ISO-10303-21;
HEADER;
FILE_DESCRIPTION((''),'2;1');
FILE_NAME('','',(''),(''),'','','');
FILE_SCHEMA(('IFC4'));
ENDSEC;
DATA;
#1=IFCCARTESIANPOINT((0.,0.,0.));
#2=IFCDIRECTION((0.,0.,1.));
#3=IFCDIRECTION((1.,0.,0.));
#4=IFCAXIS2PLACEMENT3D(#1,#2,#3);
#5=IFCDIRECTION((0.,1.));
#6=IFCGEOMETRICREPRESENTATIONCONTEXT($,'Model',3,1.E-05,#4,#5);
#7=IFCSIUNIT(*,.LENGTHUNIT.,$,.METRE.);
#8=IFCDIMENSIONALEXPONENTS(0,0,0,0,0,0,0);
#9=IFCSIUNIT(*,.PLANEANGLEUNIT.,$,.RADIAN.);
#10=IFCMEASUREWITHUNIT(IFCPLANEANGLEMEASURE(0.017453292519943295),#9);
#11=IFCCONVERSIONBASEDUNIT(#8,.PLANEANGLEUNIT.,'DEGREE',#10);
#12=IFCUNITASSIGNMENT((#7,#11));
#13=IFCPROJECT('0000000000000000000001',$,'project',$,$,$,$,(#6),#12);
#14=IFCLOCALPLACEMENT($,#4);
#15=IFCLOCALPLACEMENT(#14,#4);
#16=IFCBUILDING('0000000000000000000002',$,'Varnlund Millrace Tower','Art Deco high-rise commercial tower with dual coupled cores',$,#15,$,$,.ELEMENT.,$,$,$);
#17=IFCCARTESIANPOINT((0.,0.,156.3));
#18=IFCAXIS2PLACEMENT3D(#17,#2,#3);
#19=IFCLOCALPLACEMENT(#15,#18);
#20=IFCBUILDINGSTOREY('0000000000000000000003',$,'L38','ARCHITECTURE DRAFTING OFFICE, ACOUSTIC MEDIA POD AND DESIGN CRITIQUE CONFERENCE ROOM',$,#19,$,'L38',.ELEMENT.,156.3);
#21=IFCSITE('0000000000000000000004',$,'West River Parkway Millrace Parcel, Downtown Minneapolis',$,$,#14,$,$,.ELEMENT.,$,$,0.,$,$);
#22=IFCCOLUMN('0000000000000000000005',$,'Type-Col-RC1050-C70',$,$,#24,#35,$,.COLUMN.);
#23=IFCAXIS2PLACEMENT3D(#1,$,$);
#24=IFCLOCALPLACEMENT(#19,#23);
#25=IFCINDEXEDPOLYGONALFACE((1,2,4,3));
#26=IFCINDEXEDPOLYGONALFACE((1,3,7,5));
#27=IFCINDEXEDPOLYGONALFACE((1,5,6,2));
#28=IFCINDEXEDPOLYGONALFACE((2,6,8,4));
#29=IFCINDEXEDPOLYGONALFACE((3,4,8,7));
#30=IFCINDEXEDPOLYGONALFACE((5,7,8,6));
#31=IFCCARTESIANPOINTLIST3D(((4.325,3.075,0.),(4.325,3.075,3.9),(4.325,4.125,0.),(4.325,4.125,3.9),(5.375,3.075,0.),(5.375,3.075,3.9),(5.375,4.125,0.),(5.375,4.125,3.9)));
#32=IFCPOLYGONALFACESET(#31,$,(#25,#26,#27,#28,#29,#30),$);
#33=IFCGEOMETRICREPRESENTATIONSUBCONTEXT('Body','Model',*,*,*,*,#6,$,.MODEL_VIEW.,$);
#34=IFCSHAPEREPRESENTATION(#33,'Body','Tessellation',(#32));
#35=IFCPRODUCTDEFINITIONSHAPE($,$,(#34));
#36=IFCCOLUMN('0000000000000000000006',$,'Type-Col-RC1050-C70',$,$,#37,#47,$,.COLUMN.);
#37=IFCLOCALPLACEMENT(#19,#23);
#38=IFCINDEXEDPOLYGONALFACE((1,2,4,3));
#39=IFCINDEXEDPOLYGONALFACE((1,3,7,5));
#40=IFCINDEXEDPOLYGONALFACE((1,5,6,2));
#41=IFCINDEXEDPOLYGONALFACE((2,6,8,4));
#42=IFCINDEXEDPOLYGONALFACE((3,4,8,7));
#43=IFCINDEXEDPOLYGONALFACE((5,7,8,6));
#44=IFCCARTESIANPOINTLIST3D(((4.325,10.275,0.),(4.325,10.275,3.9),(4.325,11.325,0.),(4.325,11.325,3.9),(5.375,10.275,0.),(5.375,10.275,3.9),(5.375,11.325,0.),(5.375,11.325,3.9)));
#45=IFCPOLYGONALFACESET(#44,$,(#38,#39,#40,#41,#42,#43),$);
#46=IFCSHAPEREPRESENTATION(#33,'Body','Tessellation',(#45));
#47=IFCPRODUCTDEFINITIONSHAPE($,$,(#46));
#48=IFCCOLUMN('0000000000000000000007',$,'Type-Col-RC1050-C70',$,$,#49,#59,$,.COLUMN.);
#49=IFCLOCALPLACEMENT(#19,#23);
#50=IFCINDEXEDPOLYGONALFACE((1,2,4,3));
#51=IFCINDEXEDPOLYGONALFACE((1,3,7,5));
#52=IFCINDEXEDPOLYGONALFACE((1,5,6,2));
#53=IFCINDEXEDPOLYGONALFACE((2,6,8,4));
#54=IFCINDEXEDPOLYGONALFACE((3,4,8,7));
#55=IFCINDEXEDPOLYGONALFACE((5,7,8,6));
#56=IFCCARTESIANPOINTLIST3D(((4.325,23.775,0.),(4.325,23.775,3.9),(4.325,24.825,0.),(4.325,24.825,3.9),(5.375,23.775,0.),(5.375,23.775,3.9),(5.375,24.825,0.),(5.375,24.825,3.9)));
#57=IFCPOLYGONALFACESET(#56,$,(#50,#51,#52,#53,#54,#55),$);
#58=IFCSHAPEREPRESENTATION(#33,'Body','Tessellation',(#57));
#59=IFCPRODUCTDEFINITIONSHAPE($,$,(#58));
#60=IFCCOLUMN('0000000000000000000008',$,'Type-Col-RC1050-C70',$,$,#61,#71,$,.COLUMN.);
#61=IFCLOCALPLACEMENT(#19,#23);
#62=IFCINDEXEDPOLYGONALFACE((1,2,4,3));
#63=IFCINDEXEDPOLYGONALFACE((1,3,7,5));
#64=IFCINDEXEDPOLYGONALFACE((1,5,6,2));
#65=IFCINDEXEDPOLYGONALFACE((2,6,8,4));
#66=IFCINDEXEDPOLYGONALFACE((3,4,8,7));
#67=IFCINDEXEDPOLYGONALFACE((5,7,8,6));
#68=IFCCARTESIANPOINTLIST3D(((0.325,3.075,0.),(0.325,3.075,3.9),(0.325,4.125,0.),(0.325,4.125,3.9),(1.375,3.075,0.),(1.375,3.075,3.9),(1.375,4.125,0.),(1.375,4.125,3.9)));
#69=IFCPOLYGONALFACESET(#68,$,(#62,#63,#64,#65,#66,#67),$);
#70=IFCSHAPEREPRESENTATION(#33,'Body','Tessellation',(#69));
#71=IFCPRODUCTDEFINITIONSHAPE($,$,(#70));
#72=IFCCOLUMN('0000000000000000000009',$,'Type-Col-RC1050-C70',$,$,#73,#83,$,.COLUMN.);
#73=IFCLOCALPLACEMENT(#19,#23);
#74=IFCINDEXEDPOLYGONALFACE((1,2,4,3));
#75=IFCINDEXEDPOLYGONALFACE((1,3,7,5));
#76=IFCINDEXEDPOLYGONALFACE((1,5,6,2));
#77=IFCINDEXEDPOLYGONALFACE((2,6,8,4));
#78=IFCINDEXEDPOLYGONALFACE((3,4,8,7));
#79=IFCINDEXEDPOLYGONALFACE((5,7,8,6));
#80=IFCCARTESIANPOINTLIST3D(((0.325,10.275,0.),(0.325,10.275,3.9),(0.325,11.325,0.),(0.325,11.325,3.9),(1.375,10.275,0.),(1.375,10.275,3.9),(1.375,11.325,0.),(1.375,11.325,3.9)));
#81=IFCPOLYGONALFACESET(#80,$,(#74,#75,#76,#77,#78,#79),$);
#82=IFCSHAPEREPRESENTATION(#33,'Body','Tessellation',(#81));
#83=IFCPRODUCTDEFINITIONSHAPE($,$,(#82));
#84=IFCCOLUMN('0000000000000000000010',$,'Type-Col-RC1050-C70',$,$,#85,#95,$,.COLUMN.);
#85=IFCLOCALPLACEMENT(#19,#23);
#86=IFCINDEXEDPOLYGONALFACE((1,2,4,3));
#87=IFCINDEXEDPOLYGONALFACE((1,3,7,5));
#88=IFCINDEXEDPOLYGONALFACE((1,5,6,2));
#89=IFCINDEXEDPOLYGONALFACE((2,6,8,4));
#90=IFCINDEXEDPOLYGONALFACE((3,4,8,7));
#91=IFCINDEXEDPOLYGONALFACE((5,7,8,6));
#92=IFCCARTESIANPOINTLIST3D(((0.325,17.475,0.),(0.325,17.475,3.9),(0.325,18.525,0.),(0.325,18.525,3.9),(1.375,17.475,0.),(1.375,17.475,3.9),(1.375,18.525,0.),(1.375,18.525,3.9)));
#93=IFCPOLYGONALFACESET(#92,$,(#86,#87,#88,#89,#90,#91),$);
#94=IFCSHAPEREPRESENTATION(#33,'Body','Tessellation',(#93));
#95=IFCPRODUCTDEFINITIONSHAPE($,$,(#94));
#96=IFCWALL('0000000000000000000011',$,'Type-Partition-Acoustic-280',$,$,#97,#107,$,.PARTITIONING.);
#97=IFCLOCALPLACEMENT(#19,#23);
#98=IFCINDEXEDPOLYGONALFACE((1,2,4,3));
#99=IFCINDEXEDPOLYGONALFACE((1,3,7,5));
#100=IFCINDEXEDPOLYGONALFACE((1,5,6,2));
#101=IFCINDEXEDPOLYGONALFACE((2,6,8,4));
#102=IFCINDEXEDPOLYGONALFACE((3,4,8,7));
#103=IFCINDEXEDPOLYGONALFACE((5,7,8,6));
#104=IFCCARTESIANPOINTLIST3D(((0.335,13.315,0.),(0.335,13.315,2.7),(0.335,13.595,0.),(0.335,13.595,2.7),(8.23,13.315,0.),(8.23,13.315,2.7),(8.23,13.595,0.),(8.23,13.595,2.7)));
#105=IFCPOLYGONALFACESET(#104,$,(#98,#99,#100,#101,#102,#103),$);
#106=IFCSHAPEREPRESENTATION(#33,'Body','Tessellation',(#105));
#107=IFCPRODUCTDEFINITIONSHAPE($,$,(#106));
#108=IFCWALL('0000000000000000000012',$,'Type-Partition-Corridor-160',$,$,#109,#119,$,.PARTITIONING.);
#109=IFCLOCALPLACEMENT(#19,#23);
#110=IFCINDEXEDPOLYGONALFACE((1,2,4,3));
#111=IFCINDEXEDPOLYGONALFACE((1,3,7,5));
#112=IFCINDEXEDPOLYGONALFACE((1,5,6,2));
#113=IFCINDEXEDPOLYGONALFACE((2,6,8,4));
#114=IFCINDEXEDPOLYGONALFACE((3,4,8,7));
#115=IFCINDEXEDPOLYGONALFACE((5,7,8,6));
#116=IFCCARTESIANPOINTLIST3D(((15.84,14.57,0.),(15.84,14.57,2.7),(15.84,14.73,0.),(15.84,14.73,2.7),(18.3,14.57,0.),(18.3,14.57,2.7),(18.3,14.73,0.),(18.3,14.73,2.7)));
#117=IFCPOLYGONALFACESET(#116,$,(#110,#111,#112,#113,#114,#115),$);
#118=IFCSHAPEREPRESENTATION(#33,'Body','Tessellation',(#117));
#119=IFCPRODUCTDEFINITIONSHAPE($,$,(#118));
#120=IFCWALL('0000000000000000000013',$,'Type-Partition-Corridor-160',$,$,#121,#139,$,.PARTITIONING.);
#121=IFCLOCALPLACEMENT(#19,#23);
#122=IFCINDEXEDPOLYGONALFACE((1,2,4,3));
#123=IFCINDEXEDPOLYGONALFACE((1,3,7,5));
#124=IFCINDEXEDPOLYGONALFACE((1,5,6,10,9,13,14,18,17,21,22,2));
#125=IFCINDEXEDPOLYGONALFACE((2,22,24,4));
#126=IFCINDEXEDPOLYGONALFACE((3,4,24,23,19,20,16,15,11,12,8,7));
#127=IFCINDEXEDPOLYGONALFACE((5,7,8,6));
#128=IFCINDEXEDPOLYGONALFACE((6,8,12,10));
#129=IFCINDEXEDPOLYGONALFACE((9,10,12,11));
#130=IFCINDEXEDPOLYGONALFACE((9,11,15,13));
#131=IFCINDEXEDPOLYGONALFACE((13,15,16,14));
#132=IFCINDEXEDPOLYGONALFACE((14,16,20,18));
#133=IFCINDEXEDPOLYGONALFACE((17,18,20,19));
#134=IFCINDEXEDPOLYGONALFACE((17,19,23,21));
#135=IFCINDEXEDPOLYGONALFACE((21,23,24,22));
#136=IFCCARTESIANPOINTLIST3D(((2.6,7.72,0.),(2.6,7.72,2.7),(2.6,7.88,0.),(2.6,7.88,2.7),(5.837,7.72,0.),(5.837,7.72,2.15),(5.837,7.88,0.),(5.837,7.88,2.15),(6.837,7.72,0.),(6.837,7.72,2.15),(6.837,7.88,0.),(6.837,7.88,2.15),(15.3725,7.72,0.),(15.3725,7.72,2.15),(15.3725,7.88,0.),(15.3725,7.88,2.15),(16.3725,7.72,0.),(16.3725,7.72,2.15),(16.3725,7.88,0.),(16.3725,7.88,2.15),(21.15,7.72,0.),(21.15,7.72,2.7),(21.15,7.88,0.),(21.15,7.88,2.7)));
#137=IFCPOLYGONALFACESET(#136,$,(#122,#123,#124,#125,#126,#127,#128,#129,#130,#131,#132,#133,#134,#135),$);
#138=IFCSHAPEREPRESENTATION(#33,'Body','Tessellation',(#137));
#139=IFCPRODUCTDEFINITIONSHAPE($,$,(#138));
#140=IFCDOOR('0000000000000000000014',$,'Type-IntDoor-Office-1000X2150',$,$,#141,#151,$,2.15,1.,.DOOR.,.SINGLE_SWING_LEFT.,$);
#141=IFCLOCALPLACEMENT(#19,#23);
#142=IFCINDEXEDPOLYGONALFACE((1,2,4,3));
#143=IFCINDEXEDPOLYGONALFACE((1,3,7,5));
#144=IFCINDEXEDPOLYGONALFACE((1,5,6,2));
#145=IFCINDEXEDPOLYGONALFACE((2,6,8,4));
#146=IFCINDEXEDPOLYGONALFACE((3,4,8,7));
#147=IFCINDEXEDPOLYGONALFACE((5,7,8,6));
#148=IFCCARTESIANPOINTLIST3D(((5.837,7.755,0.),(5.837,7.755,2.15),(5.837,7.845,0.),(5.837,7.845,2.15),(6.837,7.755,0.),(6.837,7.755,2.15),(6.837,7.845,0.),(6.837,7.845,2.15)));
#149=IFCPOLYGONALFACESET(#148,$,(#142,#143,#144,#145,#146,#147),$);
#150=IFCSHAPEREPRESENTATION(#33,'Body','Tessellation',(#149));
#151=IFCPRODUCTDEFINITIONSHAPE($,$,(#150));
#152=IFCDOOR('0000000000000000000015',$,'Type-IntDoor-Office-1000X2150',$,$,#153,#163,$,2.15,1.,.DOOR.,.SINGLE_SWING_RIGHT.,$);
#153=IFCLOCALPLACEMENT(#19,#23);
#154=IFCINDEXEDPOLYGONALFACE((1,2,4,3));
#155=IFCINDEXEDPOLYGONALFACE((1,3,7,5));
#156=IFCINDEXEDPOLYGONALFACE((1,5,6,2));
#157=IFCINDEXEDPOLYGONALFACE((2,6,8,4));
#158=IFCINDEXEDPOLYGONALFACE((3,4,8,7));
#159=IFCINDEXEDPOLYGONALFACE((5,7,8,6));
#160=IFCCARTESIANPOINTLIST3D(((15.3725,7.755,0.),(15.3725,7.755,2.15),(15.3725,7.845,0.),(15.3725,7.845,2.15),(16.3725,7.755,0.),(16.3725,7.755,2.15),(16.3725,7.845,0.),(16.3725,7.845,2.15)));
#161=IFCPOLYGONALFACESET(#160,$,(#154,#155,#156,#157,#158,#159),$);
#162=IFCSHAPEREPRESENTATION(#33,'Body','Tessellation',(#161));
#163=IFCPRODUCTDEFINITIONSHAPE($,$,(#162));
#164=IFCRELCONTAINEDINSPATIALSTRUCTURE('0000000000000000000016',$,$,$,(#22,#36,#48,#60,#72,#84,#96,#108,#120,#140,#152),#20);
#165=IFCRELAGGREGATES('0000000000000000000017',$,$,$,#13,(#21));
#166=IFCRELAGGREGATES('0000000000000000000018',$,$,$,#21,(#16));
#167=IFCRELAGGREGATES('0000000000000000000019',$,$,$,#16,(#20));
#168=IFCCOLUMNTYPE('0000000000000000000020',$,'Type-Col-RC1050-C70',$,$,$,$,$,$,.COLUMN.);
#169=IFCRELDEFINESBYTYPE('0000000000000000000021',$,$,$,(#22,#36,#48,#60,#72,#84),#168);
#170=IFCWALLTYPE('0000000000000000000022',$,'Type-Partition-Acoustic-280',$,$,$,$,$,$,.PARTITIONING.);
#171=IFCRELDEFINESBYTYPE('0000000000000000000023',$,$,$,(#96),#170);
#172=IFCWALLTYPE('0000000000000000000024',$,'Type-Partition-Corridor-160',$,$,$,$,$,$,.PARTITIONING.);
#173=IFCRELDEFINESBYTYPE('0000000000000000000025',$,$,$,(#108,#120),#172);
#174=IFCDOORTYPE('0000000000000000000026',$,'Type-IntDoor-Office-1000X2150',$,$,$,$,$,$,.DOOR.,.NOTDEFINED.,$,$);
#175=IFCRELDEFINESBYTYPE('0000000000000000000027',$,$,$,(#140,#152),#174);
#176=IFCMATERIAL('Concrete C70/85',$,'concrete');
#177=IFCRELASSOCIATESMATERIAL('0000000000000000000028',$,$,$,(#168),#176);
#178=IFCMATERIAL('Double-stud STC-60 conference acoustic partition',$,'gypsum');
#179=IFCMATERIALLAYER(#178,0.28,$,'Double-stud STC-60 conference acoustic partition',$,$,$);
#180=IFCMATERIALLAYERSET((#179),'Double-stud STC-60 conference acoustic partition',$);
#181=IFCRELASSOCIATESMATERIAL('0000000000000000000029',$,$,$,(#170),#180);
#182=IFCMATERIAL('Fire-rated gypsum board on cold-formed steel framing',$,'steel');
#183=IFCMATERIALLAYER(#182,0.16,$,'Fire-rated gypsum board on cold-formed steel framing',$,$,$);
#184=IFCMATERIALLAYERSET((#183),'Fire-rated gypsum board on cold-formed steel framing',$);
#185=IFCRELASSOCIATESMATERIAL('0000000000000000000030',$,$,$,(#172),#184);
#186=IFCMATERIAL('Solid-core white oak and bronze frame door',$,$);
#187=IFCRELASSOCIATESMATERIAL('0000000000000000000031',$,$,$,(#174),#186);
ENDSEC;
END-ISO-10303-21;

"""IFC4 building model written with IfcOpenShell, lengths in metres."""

from ifc_helpers import new_model, entity, si_unit, converted_unit, direction, frame, origin_with_axes, origin_2d_with_axis, place, context, subcontext, project, spatial, polyline, rectangle, outline, extrude, material, layer, layer_set, material_profile, profile_set, type_object, element, fill, save


model = new_model("IFC4")

# Units and contexts
model_context = context("Model", 3, precision=1e-05, world=origin_with_axes(), true_north=direction((0.0, 1.0)))
body_context = subcontext(model_context, "Body", "Model", "MODEL_VIEW")
ifc_project = project(units=[si_unit("LENGTHUNIT", "METRE"), converted_unit("PLANEANGLEUNIT", "DEGREE", entity("IfcPlaneAngleMeasure", 0.017453292519943295), si_unit("PLANEANGLEUNIT", "RADIAN"), dimensions=[0, 0, 0, 0, 0, 0, 0])], contexts=[model_context])

# Site, building, storey
site_placement = place(None, origin_with_axes())
site = spatial("IfcSite", under=ifc_project, at=site_placement, Name="West River Parkway Millrace Parcel, Downtown Minneapolis", CompositionType="ELEMENT", RefElevation=0.0)
building_placement = place(site_placement, origin_with_axes())
building = spatial("IfcBuilding", under=site, at=building_placement, Name="Varnlund Millrace Tower", Description="Art Deco high-rise commercial tower with dual coupled cores", CompositionType="ELEMENT")
storey_placement = place(building_placement, frame((0.0, 0.0, 156.3), z_axis=(0.0, 0.0, 1.0), x_axis=(1.0, 0.0, 0.0)))
storey = spatial("IfcBuildingStorey", under=building, at=storey_placement, Name="L38", Description="ARCHITECTURE DRAFTING OFFICE, ACOUSTIC MEDIA POD AND DESIGN CRITIQUE CONFERENCE ROOM", LongName="L38", CompositionType="ELEMENT", Elevation=156.3)

# Columns
ifc_material_1 = material(Name="Concrete C70/85", Category="concrete")
ifc_material_profile = material_profile(ifc_material_1, rectangle(XDim=1.05, YDim=1.05, at=origin_2d_with_axis()), Name="Concrete C70/85")
ifc_profile_set = profile_set([ifc_material_profile], Name="Concrete C70/85")
column_type = type_object("IfcColumnType", Name="Type-Col-RC1050-C70", PredefinedType="COLUMN", material=ifc_profile_set)
for number, where, z_axis, x_axis, name in (
    (1, (4.85, 3.6, 0.0), (0.0, 0.0, 1.0), (1.0, 0.0, 0.0), "Type-Col-RC1050-C70"),
    (2, (4.85, 10.8, 0.0), (0.0, 0.0, 1.0), (1.0, 0.0, 0.0), "Type-Col-RC1050-C70"),
    (3, (4.85, 24.3, 0.0), (0.0, 0.0, 1.0), (1.0, 0.0, 0.0), "Type-Col-RC1050-C70"),
    (4, (0.85, 3.6, 0.0), (0.0, 0.0, 1.0), (1.0, 0.0, 0.0), "Type-Col-RC1050-C70"),
    (5, (0.85, 10.8, 0.0), (0.0, 0.0, 1.0), (1.0, 0.0, 0.0), "Type-Col-RC1050-C70"),
    (6, (0.85, 18.0, 0.0), (0.0, 0.0, 1.0), (1.0, 0.0, 0.0), "Type-Col-RC1050-C70"),
):
    element("IfcColumn", number, at=place(storey_placement, frame(where, z_axis=z_axis, x_axis=x_axis)), inside=storey, type_object=column_type, Name=name, PredefinedType="COLUMN", context=body_context, shape_type="SweptSolid", body=[
        extrude(rectangle(XDim=1.05, YDim=1.05, at=origin_2d_with_axis()), origin_with_axes(), (0.0, 0.0, 1.0), 3.9),
    ])

# Walls
ifc_material_2 = material(Name="Double-stud STC-60 conference acoustic partition", Category="gypsum")
ifc_layer_1 = layer(ifc_material_2, 0.28, Name="Double-stud STC-60 conference acoustic partition")
ifc_layer_set_1 = layer_set([ifc_layer_1], Name="Double-stud STC-60 conference acoustic partition")
wall_type_1 = type_object("IfcWallType", Name="Type-Partition-Acoustic-280", PredefinedType="PARTITIONING", material=ifc_layer_set_1)
wall_1_placement = place(storey_placement, frame((0.335, 13.455, 0.0), z_axis=(0.0, 0.0, 1.0), x_axis=(1.0, 0.0, 0.0)))
element("IfcWall", 7, at=wall_1_placement, inside=storey, type_object=wall_type_1, Name="Type-Partition-Acoustic-280", PredefinedType="PARTITIONING", context=body_context, shape_type="SweptSolid", body=[
    extrude(outline(polyline([(0.0, -0.14), (7.895, -0.14), (7.895, 0.14), (0.0, 0.14), (0.0, -0.14)])), origin_with_axes(), (0.0, 0.0, 1.0), 2.7),
])
ifc_material_3 = material(Name="Fire-rated gypsum board on cold-formed steel framing", Category="steel")
ifc_layer_2 = layer(ifc_material_3, 0.16, Name="Fire-rated gypsum board on cold-formed steel framing")
ifc_layer_set_2 = layer_set([ifc_layer_2], Name="Fire-rated gypsum board on cold-formed steel framing")
wall_type_2 = type_object("IfcWallType", Name="Type-Partition-Corridor-160", PredefinedType="PARTITIONING", material=ifc_layer_set_2)
wall_2_placement = place(storey_placement, frame((15.84, 14.65, 0.0), z_axis=(0.0, 0.0, 1.0), x_axis=(1.0, 0.0, 0.0)))
element("IfcWall", 8, at=wall_2_placement, inside=storey, type_object=wall_type_2, Name="Type-Partition-Corridor-160", PredefinedType="PARTITIONING", context=body_context, shape_type="SweptSolid", body=[
    extrude(outline(polyline([(0.0, -0.08), (2.46, -0.08), (2.46, 0.08), (0.0, 0.08), (0.0, -0.08)])), origin_with_axes(), (0.0, 0.0, 1.0), 2.7),
])

# Wall, openings, doors
wall_3_placement = place(storey_placement, frame((2.6, 7.8, 0.0), z_axis=(0.0, 0.0, 1.0), x_axis=(1.0, 0.0, 0.0)))
wall_3 = element("IfcWall", 9, at=wall_3_placement, inside=storey, type_object=wall_type_2, Name="Type-Partition-Corridor-160", PredefinedType="PARTITIONING", context=body_context, shape_type="SweptSolid", body=[
    extrude(outline(polyline([(0.0, -0.08), (18.55, -0.08), (18.55, 0.08), (0.0, 0.08), (0.0, -0.08)])), origin_with_axes(), (0.0, 0.0, 1.0), 2.7),
])
opening_1_placement = place(wall_3_placement, frame((3.737, 0.0, 0.0), z_axis=(0.0, 0.0, 1.0), x_axis=(1.0, 0.0, 0.0)))
opening_1 = element("IfcOpeningElement", 10, at=opening_1_placement, cuts=wall_3, PredefinedType="OPENING", context=body_context, shape_type="SweptSolid", body=[
    extrude(rectangle(XDim=1.0, YDim=0.18, at=origin_2d_with_axis()), origin_with_axes(), (0.0, 0.0, 1.0), 2.15),
])
opening_2_placement = place(wall_3_placement, frame((13.2725, 0.0, 0.0), z_axis=(0.0, 0.0, 1.0), x_axis=(1.0, 0.0, 0.0)))
opening_2 = element("IfcOpeningElement", 11, at=opening_2_placement, cuts=wall_3, PredefinedType="OPENING", context=body_context, shape_type="SweptSolid", body=[
    extrude(rectangle(XDim=1.0, YDim=0.18, at=origin_2d_with_axis()), origin_with_axes(), (0.0, 0.0, 1.0), 2.15),
])
ifc_material_4 = material(Name="Solid-core white oak and bronze frame door")
door_type_1 = type_object("IfcDoorType", Name="Type-IntDoor-Office-1000X2150", OperationType="NOTDEFINED", PredefinedType="DOOR", material=ifc_material_4)
door_1_placement = place(wall_3_placement, frame((3.737, 0.0, 0.0), z_axis=(0.0, 0.0, 1.0), x_axis=(1.0, 0.0, 0.0)))
door_1 = element("IfcDoor", 12, at=door_1_placement, inside=storey, type_object=door_type_1, Name="Type-IntDoor-Office-1000X2150", OperationType="SINGLE_SWING_LEFT", OverallHeight=2.15, OverallWidth=1.0, PredefinedType="DOOR", context=body_context, shape_type="SweptSolid", body=[
    extrude(rectangle(XDim=1.0, YDim=0.09, at=origin_2d_with_axis()), origin_with_axes(), (0.0, 0.0, 1.0), 2.15),
])
fill(opening_1, door_1)
door_2_placement = place(wall_3_placement, frame((13.2725, 0.0, 0.0), z_axis=(0.0, 0.0, 1.0), x_axis=(1.0, 0.0, 0.0)))
door_2 = element("IfcDoor", 13, at=door_2_placement, inside=storey, type_object=door_type_1, Name="Type-IntDoor-Office-1000X2150", OperationType="SINGLE_SWING_RIGHT", OverallHeight=2.15, OverallWidth=1.0, PredefinedType="DOOR", context=body_context, shape_type="SweptSolid", body=[
    extrude(rectangle(XDim=1.0, YDim=0.09, at=origin_2d_with_axis()), origin_with_axes(), (0.0, 0.0, 1.0), 2.15),
])
fill(opening_2, door_2)

save(model, "model.ifc")
